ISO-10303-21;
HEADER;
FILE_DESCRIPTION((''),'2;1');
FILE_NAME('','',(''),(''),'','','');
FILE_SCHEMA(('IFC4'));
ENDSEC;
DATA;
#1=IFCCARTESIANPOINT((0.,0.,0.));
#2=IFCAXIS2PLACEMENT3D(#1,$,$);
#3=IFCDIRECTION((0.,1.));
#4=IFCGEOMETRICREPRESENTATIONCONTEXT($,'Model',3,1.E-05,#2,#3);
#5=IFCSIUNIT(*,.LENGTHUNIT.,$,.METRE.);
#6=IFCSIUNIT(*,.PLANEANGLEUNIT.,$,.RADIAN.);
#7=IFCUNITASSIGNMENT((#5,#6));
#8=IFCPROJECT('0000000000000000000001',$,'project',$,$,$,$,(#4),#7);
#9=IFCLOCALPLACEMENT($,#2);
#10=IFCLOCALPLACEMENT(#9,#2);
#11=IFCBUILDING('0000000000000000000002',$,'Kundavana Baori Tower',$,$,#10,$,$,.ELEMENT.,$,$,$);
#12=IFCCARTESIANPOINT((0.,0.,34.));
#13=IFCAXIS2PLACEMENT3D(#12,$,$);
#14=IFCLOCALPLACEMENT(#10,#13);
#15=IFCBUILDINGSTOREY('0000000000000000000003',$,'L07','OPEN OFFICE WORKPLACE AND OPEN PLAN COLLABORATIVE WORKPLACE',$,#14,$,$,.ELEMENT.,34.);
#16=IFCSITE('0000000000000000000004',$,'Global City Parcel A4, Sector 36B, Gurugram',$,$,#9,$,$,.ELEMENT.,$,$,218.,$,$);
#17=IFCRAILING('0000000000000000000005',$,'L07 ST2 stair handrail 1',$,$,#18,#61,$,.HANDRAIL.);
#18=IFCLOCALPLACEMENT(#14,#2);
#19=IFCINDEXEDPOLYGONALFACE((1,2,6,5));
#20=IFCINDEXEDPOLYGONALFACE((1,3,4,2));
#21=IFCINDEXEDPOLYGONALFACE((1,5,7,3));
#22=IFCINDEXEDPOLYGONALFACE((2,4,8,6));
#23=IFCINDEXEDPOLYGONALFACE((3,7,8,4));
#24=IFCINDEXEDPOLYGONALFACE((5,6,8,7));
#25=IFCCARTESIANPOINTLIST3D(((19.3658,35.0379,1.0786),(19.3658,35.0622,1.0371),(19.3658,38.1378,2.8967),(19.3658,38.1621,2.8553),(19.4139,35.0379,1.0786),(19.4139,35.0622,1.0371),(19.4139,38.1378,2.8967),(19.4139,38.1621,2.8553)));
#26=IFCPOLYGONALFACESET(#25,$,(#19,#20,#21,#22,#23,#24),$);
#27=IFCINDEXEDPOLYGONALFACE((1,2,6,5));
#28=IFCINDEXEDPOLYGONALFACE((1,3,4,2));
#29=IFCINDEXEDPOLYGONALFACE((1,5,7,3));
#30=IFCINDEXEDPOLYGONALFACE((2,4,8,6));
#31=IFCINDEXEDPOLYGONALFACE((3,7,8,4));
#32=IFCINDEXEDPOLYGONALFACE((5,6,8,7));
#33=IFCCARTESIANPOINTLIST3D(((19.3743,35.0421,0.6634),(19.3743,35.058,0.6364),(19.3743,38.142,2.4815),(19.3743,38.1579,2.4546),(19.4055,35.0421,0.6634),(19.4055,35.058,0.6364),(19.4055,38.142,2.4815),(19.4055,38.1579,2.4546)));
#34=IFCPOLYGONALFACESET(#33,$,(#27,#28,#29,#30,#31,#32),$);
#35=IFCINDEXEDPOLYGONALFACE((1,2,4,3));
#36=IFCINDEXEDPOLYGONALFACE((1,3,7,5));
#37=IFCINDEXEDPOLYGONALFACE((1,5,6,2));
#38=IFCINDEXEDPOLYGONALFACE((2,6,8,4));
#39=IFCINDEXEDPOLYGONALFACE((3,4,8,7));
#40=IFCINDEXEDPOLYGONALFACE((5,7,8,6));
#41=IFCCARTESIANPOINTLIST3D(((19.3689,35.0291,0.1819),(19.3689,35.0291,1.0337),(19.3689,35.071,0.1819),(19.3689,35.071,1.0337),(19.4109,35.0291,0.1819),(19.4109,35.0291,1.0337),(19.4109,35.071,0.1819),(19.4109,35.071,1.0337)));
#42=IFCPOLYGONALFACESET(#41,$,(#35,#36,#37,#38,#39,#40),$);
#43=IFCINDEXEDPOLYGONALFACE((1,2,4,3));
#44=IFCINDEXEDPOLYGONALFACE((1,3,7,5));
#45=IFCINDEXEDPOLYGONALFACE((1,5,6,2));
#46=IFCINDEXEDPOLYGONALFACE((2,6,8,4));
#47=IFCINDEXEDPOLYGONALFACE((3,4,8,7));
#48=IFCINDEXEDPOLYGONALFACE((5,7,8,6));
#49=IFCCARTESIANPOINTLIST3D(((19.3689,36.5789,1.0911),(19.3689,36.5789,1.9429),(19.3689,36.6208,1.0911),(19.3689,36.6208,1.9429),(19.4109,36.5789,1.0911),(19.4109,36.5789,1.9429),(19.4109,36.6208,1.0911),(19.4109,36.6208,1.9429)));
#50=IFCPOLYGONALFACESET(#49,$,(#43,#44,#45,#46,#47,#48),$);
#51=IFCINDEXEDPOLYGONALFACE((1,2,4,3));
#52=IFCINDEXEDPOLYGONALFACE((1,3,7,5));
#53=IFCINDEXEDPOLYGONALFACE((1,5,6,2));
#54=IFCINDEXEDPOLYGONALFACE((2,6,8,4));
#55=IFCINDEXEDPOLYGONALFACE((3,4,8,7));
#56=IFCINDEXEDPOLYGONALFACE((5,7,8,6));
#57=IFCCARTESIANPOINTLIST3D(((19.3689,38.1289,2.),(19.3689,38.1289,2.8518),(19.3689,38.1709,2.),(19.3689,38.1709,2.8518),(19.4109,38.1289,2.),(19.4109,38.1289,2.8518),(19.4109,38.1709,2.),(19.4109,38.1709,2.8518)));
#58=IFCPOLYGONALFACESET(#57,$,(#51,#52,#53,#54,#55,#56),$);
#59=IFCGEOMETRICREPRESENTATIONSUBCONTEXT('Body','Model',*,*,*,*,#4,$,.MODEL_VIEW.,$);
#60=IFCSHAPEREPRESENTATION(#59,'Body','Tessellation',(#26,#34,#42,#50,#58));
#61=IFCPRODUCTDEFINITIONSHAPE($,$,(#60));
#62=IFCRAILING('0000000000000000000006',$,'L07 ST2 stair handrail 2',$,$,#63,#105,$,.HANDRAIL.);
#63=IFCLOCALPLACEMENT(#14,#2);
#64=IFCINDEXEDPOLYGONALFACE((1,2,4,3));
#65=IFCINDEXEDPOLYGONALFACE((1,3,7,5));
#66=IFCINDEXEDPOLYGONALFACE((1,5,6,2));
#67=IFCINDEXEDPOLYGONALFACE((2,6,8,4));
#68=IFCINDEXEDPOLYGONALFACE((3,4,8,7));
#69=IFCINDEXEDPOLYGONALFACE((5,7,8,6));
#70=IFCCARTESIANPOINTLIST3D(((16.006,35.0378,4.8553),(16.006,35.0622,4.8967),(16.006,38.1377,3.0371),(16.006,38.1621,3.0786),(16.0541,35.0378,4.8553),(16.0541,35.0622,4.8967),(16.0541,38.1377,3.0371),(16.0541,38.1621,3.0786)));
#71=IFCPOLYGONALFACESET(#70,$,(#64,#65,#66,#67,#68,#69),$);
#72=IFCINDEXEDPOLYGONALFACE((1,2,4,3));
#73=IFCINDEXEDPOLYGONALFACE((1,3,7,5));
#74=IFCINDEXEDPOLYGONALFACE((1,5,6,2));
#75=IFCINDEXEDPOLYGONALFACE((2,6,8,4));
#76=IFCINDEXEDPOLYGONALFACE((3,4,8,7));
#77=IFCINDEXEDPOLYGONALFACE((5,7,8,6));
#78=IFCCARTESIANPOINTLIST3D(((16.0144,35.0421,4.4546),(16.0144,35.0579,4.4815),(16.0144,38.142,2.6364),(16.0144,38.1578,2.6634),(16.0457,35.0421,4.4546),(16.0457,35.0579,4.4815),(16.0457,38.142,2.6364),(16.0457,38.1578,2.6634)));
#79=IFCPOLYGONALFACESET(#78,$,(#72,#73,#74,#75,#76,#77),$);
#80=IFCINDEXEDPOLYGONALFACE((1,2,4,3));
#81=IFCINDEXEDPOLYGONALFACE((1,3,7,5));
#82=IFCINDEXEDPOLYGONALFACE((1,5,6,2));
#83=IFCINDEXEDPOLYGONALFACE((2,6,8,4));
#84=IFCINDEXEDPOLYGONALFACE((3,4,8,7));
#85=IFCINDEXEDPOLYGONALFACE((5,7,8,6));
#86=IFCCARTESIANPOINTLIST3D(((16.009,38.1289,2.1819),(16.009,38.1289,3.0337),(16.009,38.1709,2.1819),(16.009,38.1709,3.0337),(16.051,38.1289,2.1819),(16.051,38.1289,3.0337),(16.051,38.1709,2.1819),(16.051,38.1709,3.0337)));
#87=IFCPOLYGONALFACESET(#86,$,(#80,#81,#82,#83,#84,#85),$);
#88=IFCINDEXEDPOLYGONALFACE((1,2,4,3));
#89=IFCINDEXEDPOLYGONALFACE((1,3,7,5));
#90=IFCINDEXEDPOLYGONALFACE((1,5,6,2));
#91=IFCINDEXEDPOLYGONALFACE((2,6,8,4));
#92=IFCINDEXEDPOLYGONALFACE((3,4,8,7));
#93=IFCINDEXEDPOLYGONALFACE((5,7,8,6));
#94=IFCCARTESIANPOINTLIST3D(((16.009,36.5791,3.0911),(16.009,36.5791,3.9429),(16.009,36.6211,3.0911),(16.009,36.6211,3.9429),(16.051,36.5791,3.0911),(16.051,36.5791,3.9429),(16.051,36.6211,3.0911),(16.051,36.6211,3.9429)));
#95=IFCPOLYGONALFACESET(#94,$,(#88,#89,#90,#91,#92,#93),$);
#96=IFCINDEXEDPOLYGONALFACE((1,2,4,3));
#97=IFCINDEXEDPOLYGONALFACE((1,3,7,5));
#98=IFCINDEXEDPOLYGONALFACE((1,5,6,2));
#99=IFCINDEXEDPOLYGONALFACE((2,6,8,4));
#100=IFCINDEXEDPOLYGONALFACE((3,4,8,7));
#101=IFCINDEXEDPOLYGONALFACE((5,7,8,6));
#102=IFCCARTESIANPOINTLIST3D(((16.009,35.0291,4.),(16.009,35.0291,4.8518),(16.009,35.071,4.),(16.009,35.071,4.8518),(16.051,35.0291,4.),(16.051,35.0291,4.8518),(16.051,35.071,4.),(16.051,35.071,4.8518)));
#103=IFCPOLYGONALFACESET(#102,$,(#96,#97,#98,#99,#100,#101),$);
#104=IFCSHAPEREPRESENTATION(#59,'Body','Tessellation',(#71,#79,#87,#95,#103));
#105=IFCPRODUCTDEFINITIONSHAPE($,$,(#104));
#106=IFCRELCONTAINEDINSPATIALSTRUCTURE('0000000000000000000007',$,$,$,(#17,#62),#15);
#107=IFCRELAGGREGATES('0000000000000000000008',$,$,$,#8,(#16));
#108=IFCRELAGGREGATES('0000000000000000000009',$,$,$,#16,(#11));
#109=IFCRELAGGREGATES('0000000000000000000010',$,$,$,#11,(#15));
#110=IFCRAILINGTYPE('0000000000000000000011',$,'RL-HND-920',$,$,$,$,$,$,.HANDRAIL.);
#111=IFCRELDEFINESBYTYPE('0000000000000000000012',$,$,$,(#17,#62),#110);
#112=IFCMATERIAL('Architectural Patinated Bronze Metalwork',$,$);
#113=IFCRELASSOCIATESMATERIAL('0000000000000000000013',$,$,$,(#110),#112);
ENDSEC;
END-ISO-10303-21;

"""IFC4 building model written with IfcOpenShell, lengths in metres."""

from ifc_helpers import new_model, si_unit, direction, frame, origin, origin_2d, place, context, subcontext, project, spatial, rectangle, extrude, material, type_object, element, save


model = new_model("IFC4")

# Units and contexts
model_context = context("Model", 3, precision=1e-05, world=origin(), true_north=direction((0.0, 1.0)))
body_context = subcontext(model_context, "Body", "Model", "MODEL_VIEW")
ifc_project = project(units=[si_unit("LENGTHUNIT", "METRE"), si_unit("PLANEANGLEUNIT", "RADIAN")], contexts=[model_context])

# Site, building, storey
site_placement = place(None, origin())
site = spatial("IfcSite", under=ifc_project, at=site_placement, Name="Global City Parcel A4, Sector 36B, Gurugram", CompositionType="ELEMENT", RefElevation=218.0)
building_placement = place(site_placement, origin())
building = spatial("IfcBuilding", under=site, at=building_placement, Name="Kundavana Baori Tower", CompositionType="ELEMENT")
storey_placement = place(building_placement, frame((0.0, 0.0, 34.0)))
storey = spatial("IfcBuildingStorey", under=building, at=storey_placement, Name="L07", Description="OPEN OFFICE WORKPLACE AND OPEN PLAN COLLABORATIVE WORKPLACE", CompositionType="ELEMENT", Elevation=34.0)

# Railings
ifc_material_1 = material(Name="Architectural Patinated Bronze Metalwork")
railing_type_1 = type_object("IfcRailingType", Name="RL-HND-920", PredefinedType="HANDRAIL", material=ifc_material_1)
railing_1_placement = place(storey_placement, frame((19.3899, 35.05, 0.1819)))
element("IfcRailing", 1, at=railing_1_placement, inside=storey, type_object=railing_type_1, Name="L07 ST2 stair handrail 1", PredefinedType="HANDRAIL", context=body_context, shape_type="SweptSolid", body=[
    extrude(rectangle(XDim=0.0481, YDim=0.0481, at=origin_2d()), frame((0.0, 0.0, 0.876), z_axis=(0.0, 0.862581, 0.505918), x_axis=(-1.0, 0.0, 0.0)), (0.0, 0.0, 1.0), 3.5938),
    extrude(rectangle(XDim=0.0312, YDim=0.0312, at=origin_2d()), frame((0.0, 0.0, 0.468), z_axis=(0.0, 0.862581, 0.505918), x_axis=(-1.0, 0.0, 0.0)), (0.0, 0.0, 1.0), 3.5938),
    extrude(rectangle(XDim=0.042, YDim=0.042, at=origin_2d()), origin(), (0.0, 0.0, 1.0), 0.8518),
    extrude(rectangle(XDim=0.042, YDim=0.042, at=origin_2d()), frame((0.0, 1.5498, 0.9092)), (0.0, 0.0, 1.0), 0.8518),
    extrude(rectangle(XDim=0.042, YDim=0.042, at=origin_2d()), frame((0.0, 3.0999, 1.8181)), (0.0, 0.0, 1.0), 0.8518),
])
railing_2_placement = place(storey_placement, frame((16.03, 38.1499, 2.1819)))
element("IfcRailing", 2, at=railing_2_placement, inside=storey, type_object=railing_type_1, Name="L07 ST2 stair handrail 2", PredefinedType="HANDRAIL", context=body_context, shape_type="SweptSolid", body=[
    extrude(rectangle(XDim=0.0481, YDim=0.0481, at=origin_2d()), frame((0.0, 0.0, 0.876), z_axis=(0.0, -0.862581, 0.505918), x_axis=(1.0, 0.0, 0.0)), (0.0, 0.0, 1.0), 3.5938),
    extrude(rectangle(XDim=0.0312, YDim=0.0312, at=origin_2d()), frame((0.0, 0.0, 0.468), z_axis=(0.0, -0.862581, 0.505918), x_axis=(1.0, 0.0, 0.0)), (0.0, 0.0, 1.0), 3.5938),
    extrude(rectangle(XDim=0.042, YDim=0.042, at=origin_2d()), origin(), (0.0, 0.0, 1.0), 0.8518),
    extrude(rectangle(XDim=0.042, YDim=0.042, at=origin_2d()), frame((0.0, -1.5498, 0.9092)), (0.0, 0.0, 1.0), 0.8518),
    extrude(rectangle(XDim=0.042, YDim=0.042, at=origin_2d()), frame((0.0, -3.0999, 1.8181)), (0.0, 0.0, 1.0), 0.8518),
])

save(model, "model.ifc")
